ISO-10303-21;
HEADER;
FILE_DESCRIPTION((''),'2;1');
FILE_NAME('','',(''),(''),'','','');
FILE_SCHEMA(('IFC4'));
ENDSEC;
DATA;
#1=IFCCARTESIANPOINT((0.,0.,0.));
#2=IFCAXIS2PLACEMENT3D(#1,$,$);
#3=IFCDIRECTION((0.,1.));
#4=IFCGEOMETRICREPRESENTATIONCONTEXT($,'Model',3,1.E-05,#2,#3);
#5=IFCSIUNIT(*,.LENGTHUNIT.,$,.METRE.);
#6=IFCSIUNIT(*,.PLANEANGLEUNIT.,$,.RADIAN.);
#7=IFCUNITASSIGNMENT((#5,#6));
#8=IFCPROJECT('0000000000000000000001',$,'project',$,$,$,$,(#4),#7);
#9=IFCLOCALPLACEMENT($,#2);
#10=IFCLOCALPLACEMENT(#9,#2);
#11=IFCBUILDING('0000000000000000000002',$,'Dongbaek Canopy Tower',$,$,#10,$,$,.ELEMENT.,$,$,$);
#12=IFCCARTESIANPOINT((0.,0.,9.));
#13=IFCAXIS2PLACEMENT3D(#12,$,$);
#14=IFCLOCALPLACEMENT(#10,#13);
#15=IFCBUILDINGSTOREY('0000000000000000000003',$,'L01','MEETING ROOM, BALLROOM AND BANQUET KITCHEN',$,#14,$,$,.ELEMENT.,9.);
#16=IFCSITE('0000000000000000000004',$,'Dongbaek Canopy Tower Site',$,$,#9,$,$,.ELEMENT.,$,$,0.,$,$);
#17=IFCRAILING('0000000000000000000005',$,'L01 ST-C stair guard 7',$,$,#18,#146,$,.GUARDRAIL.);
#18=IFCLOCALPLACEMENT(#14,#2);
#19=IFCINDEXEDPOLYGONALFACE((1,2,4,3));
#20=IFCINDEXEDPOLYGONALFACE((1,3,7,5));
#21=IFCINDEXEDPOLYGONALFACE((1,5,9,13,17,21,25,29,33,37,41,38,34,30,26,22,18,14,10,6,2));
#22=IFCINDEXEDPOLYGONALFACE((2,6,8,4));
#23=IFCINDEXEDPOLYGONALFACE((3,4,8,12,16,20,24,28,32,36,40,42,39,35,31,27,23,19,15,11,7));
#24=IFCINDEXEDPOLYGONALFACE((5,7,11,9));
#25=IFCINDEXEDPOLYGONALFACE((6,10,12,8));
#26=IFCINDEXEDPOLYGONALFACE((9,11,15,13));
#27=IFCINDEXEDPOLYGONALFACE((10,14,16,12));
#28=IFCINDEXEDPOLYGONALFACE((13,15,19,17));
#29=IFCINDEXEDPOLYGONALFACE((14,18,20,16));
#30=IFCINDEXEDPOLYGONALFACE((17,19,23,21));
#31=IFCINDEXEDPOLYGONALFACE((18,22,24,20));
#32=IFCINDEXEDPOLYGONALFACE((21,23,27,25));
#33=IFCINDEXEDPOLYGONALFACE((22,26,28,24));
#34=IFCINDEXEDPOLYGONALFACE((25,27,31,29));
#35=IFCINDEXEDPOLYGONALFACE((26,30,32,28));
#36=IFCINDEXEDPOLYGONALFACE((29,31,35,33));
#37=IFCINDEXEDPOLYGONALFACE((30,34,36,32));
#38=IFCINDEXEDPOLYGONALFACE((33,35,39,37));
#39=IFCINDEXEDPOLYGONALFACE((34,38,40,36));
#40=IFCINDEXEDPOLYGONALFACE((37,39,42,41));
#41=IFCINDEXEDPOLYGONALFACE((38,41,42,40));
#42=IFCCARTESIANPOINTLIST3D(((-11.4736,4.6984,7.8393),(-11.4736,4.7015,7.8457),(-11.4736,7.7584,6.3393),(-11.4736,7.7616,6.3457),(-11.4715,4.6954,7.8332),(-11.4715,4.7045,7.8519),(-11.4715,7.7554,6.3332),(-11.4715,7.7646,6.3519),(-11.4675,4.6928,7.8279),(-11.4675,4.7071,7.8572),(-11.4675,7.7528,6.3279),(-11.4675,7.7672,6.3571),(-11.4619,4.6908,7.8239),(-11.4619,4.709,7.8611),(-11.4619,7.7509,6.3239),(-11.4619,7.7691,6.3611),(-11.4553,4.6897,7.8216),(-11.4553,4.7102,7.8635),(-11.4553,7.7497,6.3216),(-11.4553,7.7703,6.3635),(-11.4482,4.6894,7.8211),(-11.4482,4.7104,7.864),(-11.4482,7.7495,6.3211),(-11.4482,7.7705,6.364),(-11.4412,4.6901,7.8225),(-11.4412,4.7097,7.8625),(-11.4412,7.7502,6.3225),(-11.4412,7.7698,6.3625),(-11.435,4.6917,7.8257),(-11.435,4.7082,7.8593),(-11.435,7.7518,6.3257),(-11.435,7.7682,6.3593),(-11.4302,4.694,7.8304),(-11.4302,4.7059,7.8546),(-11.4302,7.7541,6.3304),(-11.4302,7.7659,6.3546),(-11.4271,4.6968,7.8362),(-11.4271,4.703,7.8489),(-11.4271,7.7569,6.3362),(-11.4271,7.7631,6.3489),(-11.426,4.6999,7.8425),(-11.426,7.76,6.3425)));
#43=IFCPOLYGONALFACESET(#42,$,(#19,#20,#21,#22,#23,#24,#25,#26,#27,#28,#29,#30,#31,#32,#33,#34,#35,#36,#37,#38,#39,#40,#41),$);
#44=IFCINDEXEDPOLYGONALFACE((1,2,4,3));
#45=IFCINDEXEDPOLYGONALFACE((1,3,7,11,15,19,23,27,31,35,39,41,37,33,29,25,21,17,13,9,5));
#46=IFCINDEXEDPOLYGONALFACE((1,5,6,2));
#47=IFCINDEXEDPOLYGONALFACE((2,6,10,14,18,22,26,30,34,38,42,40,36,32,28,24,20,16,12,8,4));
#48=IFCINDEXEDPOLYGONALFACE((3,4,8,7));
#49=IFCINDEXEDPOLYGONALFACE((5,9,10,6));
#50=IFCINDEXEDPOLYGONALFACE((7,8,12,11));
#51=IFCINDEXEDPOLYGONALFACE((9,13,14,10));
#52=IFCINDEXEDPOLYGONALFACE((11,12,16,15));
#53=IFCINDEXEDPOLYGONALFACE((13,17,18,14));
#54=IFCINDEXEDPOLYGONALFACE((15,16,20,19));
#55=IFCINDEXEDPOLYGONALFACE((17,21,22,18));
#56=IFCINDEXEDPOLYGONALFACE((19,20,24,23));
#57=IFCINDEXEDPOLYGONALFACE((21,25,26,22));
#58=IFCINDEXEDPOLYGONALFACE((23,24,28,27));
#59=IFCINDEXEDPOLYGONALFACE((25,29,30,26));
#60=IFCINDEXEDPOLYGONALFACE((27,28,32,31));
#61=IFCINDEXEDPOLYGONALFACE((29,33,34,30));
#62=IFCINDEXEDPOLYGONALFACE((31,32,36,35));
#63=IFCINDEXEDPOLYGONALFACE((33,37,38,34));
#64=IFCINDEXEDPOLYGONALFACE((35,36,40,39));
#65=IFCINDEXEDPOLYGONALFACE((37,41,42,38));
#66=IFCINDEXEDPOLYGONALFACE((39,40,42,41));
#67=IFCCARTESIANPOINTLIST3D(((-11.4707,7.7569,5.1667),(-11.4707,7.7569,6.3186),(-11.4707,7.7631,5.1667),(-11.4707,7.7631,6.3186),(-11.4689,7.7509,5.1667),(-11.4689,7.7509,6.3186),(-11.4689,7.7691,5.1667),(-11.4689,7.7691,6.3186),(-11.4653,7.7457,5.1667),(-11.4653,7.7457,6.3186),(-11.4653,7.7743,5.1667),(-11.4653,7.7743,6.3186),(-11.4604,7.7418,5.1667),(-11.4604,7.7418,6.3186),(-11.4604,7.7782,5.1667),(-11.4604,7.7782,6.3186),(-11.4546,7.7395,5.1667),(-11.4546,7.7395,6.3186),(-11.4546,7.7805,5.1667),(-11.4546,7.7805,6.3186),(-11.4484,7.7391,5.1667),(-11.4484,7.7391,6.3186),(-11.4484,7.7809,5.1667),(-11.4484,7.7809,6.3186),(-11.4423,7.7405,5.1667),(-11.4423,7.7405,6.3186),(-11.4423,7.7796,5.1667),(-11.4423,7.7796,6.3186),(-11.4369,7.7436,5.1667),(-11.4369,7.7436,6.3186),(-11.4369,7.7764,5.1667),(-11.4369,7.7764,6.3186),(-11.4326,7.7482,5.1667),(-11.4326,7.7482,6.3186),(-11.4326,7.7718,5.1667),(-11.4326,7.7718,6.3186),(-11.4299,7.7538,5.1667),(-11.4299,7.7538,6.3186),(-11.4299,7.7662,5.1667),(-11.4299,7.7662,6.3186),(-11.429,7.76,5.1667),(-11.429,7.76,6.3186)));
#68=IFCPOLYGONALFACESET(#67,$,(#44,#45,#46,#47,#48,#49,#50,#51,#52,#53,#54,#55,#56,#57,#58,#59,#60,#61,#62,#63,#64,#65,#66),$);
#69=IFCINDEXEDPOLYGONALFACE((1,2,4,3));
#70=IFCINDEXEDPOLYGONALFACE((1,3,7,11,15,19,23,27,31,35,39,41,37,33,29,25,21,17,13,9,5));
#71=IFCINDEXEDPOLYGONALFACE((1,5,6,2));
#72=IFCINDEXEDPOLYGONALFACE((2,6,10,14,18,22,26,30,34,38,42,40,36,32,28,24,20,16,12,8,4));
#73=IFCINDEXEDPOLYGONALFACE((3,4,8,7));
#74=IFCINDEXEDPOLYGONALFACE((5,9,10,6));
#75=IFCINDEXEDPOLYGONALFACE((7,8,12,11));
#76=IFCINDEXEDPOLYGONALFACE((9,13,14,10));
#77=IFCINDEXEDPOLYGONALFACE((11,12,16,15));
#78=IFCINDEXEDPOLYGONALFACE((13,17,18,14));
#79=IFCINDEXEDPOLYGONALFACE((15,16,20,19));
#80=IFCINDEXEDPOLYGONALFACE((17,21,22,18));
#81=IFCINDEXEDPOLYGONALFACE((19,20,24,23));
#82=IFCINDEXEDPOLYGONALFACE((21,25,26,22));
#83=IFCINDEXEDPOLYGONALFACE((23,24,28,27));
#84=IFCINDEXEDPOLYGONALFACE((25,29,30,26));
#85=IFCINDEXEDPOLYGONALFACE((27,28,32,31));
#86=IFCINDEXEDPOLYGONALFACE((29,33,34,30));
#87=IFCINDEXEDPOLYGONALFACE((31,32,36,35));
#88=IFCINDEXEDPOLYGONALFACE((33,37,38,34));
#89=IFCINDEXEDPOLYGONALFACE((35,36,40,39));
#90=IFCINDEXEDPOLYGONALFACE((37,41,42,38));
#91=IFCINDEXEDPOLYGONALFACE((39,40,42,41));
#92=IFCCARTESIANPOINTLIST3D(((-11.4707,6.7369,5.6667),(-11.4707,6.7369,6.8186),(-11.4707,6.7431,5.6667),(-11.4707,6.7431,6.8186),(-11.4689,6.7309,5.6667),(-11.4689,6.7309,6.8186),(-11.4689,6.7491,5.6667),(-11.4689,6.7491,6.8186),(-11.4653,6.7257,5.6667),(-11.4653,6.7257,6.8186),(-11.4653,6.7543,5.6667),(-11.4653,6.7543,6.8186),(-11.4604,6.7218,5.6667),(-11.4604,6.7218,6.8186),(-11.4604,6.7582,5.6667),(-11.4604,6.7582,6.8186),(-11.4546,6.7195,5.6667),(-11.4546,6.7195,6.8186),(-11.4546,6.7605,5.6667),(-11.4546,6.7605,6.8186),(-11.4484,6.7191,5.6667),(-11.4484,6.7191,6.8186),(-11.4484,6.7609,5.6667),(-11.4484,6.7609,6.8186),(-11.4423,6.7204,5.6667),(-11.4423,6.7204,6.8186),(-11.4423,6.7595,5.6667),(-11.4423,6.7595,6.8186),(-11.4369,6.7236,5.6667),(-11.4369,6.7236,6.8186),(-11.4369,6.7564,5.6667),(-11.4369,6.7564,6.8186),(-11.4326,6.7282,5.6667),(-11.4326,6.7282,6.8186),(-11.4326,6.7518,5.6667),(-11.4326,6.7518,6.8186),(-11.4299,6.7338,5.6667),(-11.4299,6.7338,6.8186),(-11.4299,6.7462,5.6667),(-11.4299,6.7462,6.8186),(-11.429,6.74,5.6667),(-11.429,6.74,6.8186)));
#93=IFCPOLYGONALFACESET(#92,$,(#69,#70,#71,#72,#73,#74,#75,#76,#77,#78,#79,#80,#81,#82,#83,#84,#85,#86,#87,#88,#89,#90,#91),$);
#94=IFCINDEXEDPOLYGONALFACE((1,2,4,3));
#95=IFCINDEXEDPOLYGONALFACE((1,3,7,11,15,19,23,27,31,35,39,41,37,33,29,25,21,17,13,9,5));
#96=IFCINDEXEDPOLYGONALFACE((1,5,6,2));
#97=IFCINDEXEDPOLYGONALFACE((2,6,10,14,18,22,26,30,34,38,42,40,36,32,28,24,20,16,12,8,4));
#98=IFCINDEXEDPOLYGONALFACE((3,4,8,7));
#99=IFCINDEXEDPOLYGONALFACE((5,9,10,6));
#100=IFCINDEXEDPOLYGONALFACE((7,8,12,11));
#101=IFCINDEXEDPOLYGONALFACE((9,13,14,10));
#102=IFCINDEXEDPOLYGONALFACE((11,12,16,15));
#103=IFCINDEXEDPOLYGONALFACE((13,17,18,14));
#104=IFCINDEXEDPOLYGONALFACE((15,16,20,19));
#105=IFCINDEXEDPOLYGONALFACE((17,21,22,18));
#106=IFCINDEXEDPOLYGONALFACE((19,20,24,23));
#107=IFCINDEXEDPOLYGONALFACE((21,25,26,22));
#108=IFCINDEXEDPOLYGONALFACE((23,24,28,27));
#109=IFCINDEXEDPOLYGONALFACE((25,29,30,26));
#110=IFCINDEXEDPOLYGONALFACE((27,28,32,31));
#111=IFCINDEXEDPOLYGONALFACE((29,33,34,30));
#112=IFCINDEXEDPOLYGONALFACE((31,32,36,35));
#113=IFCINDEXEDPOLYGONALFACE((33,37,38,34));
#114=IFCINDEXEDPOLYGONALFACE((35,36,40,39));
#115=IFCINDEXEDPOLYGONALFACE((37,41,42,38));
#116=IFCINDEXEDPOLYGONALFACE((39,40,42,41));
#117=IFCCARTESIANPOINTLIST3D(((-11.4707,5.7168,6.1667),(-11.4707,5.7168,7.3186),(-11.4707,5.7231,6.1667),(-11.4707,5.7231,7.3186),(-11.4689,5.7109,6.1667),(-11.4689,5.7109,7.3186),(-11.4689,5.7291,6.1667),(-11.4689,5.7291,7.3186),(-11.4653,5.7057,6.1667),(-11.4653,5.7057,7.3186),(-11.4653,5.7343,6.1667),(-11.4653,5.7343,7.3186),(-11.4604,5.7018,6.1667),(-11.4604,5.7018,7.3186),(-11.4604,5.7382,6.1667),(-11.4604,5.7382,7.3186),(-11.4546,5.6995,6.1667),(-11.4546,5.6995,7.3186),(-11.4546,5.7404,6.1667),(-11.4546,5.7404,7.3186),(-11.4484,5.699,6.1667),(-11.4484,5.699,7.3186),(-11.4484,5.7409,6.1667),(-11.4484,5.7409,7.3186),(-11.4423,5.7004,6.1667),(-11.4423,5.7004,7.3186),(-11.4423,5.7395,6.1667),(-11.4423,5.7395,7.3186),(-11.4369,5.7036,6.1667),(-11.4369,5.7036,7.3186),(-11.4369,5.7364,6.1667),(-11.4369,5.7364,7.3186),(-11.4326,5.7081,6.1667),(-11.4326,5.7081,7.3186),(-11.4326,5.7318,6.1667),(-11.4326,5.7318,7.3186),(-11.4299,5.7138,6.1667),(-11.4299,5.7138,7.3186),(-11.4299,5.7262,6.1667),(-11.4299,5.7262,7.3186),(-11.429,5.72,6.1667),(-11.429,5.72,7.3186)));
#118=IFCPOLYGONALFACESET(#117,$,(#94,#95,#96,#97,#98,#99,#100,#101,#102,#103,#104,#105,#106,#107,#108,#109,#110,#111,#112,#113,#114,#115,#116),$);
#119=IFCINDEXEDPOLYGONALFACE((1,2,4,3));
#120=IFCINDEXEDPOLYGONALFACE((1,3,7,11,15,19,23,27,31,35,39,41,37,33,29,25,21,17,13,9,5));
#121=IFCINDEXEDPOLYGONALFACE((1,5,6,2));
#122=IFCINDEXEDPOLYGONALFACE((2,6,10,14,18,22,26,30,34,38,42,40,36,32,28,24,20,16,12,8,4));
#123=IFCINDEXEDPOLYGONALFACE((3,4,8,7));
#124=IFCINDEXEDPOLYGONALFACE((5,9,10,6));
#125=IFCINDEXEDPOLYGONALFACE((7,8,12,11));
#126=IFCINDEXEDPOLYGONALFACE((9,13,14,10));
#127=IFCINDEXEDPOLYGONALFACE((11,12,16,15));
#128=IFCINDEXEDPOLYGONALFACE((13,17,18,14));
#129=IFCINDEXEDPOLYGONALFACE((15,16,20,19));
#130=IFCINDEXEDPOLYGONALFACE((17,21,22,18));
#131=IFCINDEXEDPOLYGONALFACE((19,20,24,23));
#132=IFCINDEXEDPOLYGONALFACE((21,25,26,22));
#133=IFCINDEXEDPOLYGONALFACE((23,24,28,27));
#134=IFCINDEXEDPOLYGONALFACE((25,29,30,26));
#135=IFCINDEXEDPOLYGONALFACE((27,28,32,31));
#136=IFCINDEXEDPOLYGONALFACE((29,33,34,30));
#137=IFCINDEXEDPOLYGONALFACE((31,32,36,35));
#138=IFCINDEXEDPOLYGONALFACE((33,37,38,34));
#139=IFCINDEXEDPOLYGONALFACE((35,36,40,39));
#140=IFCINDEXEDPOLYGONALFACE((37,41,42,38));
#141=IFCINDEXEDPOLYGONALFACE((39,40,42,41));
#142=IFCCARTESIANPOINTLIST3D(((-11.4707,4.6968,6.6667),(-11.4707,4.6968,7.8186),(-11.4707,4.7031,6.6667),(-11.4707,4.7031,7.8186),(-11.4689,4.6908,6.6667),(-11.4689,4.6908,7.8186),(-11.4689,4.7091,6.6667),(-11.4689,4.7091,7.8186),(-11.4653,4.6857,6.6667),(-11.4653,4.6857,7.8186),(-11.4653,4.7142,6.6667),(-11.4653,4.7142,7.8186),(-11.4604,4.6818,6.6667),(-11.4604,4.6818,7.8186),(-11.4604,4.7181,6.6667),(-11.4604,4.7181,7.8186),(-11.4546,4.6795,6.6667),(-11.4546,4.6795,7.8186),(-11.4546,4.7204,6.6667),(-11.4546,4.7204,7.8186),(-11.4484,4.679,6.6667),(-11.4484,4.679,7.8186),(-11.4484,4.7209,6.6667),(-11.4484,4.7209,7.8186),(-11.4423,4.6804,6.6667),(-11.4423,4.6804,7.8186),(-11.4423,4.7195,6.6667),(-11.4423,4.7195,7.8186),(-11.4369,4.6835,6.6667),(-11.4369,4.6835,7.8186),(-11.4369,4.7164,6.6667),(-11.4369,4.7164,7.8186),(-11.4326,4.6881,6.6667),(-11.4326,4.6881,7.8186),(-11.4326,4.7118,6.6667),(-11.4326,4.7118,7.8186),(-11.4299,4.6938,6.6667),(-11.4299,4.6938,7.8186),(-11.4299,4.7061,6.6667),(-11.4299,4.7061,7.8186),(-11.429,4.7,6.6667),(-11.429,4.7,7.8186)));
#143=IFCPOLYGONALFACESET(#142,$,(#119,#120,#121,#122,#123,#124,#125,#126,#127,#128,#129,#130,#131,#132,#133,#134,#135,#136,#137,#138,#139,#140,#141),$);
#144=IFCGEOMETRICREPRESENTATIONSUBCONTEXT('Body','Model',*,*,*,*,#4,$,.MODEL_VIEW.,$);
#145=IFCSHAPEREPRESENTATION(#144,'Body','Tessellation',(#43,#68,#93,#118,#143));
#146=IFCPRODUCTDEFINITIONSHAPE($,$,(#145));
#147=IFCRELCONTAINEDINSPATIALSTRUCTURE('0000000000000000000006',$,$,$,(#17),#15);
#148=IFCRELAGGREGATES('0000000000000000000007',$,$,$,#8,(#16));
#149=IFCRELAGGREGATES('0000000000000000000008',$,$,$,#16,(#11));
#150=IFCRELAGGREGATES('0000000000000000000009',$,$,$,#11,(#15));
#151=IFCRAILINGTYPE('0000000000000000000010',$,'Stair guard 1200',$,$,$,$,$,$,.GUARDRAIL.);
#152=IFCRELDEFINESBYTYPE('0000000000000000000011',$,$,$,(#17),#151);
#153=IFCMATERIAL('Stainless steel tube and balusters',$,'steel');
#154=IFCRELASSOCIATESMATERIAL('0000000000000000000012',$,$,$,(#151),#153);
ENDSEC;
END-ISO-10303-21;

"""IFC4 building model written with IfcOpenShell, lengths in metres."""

from ifc_helpers import new_model, si_unit, direction, frame, origin, origin_2d, place, context, subcontext, project, spatial, circle, extrude, material, type_object, element, save


model = new_model("IFC4")

# Units and contexts
model_context = context("Model", 3, precision=1e-05, world=origin(), true_north=direction((0.0, 1.0)))
body_context = subcontext(model_context, "Body", "Model", "MODEL_VIEW")
ifc_project = project(units=[si_unit("LENGTHUNIT", "METRE"), si_unit("PLANEANGLEUNIT", "RADIAN")], contexts=[model_context])

# Site, building, storey
site_placement = place(None, origin())
site = spatial("IfcSite", under=ifc_project, at=site_placement, Name="Dongbaek Canopy Tower Site", CompositionType="ELEMENT", RefElevation=0.0)
building_placement = place(site_placement, origin())
building = spatial("IfcBuilding", under=site, at=building_placement, Name="Dongbaek Canopy Tower", CompositionType="ELEMENT")
storey_placement = place(building_placement, frame((0.0, 0.0, 9.0)))
storey = spatial("IfcBuildingStorey", under=building, at=storey_placement, Name="L01", Description="MEETING ROOM, BALLROOM AND BANQUET KITCHEN", CompositionType="ELEMENT", Elevation=9.0)

# Railing
ifc_material_1 = material(Name="Stainless steel tube and balusters", Category="steel")
railing_type_1 = type_object("IfcRailingType", Name="Stair guard 1200", PredefinedType="GUARDRAIL", material=ifc_material_1)
railing_1_placement = place(storey_placement, frame((-11.45, 7.76, 5.1667)))
element("IfcRailing", 1, at=railing_1_placement, inside=storey, type_object=railing_type_1, Name="L01 ST-C stair guard 7", PredefinedType="GUARDRAIL", context=body_context, shape_type="SweptSolid", body=[
    extrude(circle(Radius=0.0239, at=origin_2d()), frame((0.0, 0.0, 1.1758), z_axis=(0.0, -0.897924, 0.44015), x_axis=(1.0, 0.0, 0.0)), (0.0, 0.0, 1.0), 3.408),
    extrude(circle(Radius=0.021, at=origin_2d()), origin(), (0.0, 0.0, 1.0), 1.1519),
    extrude(circle(Radius=0.021, at=origin_2d()), frame((0.0, -1.02, 0.5)), (0.0, 0.0, 1.0), 1.1519),
    extrude(circle(Radius=0.021, at=origin_2d()), frame((0.0, -2.04, 1.0)), (0.0, 0.0, 1.0), 1.1519),
    extrude(circle(Radius=0.021, at=origin_2d()), frame((0.0, -3.0601, 1.5)), (0.0, 0.0, 1.0), 1.1519),
])

save(model, "model.ifc")
